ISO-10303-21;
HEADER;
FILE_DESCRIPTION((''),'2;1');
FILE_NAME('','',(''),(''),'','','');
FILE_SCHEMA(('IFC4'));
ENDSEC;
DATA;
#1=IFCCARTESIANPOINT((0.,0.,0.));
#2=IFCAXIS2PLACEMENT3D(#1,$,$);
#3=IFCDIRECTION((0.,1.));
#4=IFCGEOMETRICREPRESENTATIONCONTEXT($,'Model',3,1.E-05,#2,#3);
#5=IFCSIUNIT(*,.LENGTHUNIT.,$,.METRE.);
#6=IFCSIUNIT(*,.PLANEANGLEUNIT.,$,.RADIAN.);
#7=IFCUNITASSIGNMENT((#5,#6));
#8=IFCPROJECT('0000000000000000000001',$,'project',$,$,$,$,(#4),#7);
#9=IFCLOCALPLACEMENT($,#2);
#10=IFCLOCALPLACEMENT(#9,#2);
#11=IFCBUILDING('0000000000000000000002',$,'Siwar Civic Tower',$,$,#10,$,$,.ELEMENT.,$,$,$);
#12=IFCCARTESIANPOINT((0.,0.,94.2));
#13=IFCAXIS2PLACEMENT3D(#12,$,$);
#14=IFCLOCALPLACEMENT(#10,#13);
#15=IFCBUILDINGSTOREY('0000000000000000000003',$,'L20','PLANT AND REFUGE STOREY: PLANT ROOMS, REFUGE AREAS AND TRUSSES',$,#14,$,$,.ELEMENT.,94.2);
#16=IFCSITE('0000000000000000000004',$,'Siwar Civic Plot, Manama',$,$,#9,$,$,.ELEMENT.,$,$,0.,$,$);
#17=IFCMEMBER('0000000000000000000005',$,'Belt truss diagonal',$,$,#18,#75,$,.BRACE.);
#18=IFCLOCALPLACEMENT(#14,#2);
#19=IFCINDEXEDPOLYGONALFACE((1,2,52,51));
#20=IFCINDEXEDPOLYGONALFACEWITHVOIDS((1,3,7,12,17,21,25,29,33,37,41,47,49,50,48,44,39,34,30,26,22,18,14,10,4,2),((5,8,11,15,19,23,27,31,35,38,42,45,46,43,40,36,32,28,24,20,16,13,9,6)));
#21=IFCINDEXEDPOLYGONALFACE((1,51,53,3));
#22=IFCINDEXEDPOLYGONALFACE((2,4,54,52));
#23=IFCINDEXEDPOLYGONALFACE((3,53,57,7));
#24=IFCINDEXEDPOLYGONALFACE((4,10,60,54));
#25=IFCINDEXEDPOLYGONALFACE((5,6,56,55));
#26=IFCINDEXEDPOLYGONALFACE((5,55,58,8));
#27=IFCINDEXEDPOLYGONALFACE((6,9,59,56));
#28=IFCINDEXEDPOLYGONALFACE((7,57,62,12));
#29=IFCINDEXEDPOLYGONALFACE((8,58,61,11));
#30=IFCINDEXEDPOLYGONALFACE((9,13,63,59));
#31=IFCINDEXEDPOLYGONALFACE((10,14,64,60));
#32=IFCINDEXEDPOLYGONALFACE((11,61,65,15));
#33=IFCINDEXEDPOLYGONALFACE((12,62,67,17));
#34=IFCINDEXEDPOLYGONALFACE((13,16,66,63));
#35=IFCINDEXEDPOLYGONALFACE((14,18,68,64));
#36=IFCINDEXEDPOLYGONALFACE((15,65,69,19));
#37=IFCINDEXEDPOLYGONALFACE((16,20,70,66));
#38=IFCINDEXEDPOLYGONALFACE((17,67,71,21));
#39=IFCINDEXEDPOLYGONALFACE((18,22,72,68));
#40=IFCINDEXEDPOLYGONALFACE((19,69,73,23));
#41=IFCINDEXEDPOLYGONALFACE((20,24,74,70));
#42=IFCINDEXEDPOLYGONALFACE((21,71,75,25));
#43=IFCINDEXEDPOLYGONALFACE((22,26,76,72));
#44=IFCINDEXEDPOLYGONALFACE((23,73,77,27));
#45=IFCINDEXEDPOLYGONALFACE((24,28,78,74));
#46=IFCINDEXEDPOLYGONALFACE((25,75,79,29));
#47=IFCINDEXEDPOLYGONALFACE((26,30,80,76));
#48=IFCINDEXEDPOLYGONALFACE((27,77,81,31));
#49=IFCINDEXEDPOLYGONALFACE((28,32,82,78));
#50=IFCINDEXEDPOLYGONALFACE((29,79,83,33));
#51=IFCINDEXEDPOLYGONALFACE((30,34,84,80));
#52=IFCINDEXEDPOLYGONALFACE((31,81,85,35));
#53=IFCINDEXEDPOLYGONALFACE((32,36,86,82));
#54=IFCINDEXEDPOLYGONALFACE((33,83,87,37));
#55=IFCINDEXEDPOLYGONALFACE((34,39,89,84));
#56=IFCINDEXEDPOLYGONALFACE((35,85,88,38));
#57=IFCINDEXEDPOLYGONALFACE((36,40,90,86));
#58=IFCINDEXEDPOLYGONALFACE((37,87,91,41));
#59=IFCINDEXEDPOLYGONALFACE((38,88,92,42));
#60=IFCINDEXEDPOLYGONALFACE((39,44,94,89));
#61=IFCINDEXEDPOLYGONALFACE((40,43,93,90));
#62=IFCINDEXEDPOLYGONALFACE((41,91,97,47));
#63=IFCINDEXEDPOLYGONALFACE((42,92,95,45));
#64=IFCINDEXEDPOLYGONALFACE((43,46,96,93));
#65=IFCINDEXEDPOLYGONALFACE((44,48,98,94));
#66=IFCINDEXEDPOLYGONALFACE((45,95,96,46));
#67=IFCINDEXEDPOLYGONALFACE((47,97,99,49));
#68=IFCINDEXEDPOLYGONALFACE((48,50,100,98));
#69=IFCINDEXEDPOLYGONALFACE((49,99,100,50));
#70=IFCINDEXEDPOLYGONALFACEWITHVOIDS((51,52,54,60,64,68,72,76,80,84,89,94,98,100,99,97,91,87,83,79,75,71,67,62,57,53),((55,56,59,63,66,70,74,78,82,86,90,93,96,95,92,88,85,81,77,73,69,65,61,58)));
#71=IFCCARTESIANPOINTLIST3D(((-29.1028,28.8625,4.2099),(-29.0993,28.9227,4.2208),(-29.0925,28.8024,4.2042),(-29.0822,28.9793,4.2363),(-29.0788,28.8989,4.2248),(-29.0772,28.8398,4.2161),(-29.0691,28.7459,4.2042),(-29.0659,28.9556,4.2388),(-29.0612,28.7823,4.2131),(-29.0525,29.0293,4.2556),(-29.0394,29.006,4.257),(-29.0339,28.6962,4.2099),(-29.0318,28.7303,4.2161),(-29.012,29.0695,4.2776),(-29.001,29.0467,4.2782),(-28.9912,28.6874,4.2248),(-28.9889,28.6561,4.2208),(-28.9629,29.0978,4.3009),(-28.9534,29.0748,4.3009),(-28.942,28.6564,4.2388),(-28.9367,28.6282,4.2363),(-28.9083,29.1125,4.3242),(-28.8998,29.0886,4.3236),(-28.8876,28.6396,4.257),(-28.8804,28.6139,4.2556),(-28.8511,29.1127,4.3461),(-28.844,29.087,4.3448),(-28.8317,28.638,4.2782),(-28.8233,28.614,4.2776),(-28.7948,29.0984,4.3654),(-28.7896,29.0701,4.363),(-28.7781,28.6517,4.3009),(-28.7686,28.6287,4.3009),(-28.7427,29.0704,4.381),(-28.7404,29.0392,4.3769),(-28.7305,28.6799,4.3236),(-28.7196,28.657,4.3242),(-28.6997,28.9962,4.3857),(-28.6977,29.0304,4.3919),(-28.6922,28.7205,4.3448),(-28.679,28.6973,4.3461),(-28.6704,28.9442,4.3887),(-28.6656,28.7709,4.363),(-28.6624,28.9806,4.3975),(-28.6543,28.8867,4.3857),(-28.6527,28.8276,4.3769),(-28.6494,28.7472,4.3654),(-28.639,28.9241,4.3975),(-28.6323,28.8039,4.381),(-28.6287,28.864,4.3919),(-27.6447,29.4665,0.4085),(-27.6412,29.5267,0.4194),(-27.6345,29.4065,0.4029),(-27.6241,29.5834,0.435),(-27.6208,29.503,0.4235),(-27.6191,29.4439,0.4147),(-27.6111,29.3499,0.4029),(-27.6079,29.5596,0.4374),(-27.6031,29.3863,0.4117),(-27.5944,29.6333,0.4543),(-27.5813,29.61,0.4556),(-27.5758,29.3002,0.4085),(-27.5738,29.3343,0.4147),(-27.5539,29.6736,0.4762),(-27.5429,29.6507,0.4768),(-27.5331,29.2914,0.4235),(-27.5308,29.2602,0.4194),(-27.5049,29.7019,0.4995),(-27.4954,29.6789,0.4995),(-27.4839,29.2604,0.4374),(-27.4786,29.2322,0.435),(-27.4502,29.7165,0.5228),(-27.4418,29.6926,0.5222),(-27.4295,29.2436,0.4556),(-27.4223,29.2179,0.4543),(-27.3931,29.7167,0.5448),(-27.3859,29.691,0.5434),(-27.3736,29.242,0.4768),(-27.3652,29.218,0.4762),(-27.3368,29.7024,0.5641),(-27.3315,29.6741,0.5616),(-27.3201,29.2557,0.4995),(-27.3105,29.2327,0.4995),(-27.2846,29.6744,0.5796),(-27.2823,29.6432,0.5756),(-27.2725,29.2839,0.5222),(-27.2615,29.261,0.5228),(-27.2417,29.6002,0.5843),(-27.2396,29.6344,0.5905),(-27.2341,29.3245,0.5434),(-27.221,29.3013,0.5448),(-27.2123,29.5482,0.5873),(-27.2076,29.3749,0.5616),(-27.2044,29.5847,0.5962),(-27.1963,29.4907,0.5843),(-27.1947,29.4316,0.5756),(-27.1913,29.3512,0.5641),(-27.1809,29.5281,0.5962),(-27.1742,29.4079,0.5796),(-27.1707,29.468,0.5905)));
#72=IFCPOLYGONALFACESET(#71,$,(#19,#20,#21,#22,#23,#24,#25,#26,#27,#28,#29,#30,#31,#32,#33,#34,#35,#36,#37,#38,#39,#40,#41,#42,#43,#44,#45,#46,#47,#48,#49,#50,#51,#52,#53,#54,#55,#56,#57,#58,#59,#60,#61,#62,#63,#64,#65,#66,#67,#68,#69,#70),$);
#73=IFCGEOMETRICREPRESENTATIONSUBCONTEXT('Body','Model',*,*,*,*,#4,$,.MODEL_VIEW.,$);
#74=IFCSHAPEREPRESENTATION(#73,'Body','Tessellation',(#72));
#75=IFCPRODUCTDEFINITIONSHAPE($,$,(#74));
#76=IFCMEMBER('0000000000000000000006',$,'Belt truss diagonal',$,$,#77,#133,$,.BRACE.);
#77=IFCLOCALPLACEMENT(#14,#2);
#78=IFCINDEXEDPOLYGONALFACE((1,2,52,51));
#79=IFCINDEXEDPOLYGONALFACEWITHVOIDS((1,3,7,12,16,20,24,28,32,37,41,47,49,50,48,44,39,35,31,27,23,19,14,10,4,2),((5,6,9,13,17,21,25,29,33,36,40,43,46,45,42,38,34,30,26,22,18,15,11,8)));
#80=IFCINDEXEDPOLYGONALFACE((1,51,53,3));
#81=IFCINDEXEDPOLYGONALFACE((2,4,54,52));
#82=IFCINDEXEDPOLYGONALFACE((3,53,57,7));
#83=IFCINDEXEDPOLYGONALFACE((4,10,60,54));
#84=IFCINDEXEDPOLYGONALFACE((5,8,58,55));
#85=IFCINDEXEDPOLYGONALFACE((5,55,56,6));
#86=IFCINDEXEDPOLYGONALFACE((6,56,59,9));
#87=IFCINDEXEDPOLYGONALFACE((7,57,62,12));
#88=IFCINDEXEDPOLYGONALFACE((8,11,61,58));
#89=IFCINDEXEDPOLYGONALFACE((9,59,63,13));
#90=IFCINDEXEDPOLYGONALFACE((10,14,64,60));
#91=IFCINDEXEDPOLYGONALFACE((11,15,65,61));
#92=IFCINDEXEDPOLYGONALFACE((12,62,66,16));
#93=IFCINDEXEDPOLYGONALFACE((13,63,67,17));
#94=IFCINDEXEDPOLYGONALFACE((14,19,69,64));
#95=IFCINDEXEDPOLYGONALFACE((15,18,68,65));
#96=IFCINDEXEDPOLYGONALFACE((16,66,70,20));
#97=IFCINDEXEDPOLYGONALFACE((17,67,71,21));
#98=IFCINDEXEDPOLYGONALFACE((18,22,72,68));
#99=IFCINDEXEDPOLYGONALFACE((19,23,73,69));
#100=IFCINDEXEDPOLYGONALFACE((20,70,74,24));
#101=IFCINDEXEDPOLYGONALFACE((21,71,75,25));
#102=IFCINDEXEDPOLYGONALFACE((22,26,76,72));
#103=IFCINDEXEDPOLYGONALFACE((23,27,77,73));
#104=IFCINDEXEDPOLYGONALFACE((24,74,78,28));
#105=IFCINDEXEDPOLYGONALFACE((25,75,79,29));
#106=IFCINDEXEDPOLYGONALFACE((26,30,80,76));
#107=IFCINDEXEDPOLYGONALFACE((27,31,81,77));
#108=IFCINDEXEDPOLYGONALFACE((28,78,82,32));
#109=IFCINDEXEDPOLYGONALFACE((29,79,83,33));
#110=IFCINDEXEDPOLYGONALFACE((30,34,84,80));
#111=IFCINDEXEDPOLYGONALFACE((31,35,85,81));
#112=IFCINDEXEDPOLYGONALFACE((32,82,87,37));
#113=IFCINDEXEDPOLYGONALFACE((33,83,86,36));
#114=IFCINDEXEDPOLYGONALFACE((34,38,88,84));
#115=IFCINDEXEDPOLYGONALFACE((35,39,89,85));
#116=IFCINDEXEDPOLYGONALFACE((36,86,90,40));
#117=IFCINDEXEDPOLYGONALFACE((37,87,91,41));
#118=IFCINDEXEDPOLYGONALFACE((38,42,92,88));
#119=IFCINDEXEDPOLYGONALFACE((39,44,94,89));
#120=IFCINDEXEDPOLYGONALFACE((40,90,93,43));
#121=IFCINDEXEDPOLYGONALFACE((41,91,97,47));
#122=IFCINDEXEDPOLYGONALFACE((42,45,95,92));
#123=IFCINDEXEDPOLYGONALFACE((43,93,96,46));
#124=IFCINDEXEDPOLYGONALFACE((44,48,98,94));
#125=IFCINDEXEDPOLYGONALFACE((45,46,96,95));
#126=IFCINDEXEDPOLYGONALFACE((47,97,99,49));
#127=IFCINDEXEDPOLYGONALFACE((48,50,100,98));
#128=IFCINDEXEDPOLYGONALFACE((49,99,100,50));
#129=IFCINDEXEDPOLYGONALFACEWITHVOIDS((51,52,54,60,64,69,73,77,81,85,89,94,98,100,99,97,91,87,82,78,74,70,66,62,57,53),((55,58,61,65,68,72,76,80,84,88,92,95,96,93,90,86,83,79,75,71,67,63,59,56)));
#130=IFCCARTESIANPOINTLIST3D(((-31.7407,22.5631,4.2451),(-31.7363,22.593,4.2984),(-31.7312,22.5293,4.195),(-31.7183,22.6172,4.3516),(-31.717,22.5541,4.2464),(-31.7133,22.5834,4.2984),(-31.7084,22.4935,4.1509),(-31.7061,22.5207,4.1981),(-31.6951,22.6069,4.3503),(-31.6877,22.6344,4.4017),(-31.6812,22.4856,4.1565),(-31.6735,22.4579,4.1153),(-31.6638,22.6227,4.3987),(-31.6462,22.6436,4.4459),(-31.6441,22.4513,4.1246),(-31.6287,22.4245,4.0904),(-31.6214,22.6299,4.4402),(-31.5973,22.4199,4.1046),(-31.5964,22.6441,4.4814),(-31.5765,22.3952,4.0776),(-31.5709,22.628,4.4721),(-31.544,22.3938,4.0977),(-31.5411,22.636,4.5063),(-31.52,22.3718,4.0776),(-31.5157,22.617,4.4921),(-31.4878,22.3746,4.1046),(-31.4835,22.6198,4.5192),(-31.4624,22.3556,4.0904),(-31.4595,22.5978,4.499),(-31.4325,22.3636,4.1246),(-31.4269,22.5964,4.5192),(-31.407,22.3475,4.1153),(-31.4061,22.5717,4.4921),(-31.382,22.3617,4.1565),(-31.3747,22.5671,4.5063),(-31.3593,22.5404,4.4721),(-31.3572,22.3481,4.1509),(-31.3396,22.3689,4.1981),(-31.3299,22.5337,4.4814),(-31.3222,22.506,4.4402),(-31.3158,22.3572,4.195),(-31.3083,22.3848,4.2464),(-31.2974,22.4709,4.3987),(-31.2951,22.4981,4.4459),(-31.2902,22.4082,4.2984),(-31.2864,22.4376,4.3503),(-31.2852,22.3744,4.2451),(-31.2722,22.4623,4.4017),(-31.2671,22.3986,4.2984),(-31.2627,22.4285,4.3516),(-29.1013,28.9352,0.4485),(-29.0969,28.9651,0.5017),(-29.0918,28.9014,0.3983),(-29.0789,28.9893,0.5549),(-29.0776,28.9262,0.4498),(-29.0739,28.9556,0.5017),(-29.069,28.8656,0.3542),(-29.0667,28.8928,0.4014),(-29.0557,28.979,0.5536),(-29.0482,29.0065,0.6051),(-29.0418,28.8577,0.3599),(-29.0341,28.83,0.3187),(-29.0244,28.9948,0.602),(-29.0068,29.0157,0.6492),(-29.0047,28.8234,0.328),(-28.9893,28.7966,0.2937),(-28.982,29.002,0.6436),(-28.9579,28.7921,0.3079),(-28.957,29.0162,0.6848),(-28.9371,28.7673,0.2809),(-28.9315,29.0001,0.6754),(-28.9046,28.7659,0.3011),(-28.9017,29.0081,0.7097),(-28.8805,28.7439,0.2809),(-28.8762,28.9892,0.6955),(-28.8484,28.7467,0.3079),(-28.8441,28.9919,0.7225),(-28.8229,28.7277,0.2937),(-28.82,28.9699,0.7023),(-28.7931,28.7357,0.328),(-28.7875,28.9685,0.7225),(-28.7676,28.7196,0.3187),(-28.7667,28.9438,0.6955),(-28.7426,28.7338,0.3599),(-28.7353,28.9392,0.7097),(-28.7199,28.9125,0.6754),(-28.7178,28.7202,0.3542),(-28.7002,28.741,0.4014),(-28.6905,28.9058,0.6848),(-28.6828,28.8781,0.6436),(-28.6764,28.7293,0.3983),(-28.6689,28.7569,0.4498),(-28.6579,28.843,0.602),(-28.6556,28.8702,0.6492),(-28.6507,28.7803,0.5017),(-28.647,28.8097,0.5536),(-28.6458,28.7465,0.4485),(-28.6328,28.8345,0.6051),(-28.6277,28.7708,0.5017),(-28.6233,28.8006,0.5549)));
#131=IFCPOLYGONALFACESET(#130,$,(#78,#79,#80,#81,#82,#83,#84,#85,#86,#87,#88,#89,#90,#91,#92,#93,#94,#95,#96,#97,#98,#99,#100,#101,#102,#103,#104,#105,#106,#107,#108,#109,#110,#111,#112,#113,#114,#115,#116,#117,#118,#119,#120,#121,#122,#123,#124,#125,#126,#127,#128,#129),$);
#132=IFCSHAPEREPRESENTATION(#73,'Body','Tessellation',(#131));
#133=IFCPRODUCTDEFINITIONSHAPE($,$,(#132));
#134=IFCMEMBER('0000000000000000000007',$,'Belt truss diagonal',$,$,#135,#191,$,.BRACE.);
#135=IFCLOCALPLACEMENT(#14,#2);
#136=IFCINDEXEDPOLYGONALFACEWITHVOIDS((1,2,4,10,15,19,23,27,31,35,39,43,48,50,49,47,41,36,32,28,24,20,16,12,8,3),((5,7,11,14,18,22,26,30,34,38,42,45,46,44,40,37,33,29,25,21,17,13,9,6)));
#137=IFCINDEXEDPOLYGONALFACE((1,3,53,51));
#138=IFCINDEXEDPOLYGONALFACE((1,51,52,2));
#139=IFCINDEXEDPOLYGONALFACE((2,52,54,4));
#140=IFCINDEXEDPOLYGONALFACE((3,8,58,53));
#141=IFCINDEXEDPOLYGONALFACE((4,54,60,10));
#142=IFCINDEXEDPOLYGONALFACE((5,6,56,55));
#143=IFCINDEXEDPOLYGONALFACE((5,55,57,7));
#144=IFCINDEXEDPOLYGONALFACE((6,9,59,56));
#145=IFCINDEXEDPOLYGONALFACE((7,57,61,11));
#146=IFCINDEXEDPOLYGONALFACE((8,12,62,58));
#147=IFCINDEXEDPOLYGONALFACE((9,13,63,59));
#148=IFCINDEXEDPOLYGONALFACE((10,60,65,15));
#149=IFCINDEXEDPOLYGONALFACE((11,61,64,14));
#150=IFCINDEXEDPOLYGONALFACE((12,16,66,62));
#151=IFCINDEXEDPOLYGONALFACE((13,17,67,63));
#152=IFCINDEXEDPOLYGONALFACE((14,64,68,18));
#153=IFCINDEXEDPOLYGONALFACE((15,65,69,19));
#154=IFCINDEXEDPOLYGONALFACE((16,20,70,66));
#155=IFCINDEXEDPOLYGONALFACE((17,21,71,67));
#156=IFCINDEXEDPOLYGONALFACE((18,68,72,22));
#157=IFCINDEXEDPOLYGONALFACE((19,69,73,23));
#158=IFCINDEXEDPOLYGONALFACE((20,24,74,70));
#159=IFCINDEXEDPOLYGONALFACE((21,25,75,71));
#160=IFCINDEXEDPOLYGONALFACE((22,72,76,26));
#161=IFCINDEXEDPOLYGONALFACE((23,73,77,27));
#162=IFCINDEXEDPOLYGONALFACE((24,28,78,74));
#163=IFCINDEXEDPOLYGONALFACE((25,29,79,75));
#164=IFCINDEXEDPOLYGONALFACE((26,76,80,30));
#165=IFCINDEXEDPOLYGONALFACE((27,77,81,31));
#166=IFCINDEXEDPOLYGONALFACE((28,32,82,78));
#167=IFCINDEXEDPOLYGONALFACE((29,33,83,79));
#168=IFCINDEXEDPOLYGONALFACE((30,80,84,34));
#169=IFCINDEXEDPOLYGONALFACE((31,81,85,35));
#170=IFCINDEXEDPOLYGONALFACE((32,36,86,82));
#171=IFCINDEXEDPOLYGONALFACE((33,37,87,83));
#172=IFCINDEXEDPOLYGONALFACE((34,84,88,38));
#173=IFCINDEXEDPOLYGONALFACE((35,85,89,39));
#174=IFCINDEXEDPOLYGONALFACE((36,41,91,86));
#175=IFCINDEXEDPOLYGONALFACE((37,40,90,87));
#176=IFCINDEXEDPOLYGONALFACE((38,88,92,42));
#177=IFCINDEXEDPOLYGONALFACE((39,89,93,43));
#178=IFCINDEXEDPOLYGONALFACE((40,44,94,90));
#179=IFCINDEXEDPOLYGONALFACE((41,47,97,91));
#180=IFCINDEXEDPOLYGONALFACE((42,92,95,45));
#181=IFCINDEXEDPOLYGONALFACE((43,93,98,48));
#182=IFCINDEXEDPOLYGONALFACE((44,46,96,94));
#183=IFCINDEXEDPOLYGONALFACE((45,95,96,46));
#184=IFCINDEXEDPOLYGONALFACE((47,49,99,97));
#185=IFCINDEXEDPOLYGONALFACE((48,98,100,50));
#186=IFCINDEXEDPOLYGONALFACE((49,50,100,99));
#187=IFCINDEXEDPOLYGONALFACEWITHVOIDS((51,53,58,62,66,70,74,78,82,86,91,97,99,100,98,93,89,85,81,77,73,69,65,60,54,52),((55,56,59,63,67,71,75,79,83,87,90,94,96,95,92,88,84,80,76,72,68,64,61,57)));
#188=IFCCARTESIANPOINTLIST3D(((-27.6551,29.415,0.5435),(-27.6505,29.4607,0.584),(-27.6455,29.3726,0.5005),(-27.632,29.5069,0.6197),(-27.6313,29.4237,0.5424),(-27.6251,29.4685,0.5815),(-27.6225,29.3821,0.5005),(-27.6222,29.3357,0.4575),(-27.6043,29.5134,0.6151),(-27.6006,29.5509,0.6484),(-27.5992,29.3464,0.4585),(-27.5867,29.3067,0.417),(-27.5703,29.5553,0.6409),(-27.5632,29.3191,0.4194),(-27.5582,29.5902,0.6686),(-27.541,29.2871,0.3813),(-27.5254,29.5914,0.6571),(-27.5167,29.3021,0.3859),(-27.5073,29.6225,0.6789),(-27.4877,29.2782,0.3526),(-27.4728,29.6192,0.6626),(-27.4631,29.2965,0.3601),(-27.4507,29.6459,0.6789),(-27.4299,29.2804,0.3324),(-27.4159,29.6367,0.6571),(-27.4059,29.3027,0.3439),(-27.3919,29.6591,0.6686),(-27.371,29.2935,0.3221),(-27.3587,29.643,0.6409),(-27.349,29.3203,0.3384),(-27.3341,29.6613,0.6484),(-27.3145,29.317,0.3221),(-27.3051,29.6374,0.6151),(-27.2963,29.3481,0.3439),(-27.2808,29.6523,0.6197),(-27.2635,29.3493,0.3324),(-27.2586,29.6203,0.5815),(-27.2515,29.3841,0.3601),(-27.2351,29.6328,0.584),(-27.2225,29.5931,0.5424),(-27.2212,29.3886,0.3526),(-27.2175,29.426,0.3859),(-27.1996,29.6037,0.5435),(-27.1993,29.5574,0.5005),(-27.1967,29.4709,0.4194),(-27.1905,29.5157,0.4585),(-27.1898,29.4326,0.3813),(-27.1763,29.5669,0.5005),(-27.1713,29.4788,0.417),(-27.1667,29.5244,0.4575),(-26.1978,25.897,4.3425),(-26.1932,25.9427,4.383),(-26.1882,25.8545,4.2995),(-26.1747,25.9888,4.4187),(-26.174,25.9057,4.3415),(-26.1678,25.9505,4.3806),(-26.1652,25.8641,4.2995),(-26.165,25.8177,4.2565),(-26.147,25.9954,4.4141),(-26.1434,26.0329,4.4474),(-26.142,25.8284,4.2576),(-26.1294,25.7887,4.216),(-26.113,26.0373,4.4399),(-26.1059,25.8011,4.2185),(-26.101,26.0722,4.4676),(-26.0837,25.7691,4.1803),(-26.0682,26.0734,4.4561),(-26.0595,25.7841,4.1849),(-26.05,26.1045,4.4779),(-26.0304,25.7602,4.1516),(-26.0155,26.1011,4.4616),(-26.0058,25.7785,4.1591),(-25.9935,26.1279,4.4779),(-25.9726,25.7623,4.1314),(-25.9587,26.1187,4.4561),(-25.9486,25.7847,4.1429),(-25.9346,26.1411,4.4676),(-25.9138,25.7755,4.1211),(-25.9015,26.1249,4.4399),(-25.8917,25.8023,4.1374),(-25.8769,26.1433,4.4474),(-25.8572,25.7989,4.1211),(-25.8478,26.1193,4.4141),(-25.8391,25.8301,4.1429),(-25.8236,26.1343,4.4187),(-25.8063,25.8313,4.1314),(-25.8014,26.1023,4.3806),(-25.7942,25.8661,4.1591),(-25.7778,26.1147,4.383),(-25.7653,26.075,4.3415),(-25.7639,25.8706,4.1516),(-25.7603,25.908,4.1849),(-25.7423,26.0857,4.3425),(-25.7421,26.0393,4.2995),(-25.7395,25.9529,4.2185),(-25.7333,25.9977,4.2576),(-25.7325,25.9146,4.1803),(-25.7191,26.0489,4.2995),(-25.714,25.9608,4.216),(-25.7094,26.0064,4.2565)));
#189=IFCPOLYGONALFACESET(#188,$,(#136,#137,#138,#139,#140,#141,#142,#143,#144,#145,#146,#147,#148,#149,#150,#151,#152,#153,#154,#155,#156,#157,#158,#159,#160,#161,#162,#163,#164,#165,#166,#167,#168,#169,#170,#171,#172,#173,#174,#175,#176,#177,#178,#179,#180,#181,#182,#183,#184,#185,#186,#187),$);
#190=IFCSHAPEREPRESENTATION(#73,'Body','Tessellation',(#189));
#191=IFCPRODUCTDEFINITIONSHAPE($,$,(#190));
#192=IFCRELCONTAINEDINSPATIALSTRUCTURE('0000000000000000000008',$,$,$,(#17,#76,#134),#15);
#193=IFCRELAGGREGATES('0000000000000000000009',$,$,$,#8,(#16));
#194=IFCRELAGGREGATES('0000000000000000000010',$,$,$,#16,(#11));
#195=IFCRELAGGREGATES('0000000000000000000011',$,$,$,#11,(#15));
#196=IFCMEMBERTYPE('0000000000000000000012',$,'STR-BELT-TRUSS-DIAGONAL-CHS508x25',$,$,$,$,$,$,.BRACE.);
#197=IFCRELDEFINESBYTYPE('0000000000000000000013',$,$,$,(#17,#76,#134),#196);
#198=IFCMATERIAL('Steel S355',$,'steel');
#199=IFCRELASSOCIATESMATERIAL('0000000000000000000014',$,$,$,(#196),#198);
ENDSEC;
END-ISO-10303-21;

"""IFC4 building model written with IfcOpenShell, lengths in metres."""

from ifc_helpers import new_model, si_unit, direction, frame, origin, origin_2d, place, context, subcontext, project, spatial, hollow_circle, extrude, material, material_profile, profile_set, type_object, element, save


model = new_model("IFC4")

# Units and contexts
model_context = context("Model", 3, precision=1e-05, world=origin(), true_north=direction((0.0, 1.0)))
body_context = subcontext(model_context, "Body", "Model", "MODEL_VIEW")
ifc_project = project(units=[si_unit("LENGTHUNIT", "METRE"), si_unit("PLANEANGLEUNIT", "RADIAN")], contexts=[model_context])

# Site, building, storey
site_placement = place(None, origin())
site = spatial("IfcSite", under=ifc_project, at=site_placement, Name="Siwar Civic Plot, Manama", CompositionType="ELEMENT", RefElevation=0.0)
building_placement = place(site_placement, origin())
building = spatial("IfcBuilding", under=site, at=building_placement, Name="Siwar Civic Tower", CompositionType="ELEMENT")
storey_placement = place(building_placement, frame((0.0, 0.0, 94.2)))
storey = spatial("IfcBuildingStorey", under=building, at=storey_placement, Name="L20", Description="PLANT AND REFUGE STOREY: PLANT ROOMS, REFUGE AREAS AND TRUSSES", CompositionType="ELEMENT", Elevation=94.2)

# Members
ifc_material_1 = material(Name="Steel S355", Category="steel")
ifc_material_profile_1 = material_profile(ifc_material_1, hollow_circle(Radius=0.2539, WallThickness=0.0249, at=origin_2d()), Name="CHS508x25")
ifc_profile_set_1 = profile_set([ifc_material_profile_1], Name="Steel S355")
member_type_1 = type_object("IfcMemberType", Name="STR-BELT-TRUSS-DIAGONAL-CHS508x25", PredefinedType="BRACE", material=ifc_profile_set_1)
member_1_placement = place(storey_placement, frame((-27.4077, 29.4673, 0.4995), z_axis=(-0.354242, -0.146751, 0.923568), x_axis=(0.382725, -0.923862, 0.0)))
element("IfcMember", 1, at=member_1_placement, inside=storey, type_object=member_type_1, Name="Belt truss diagonal", PredefinedType="BRACE", context=body_context, shape_type="SweptSolid", body=[
    extrude(hollow_circle(Radius=0.2539, WallThickness=0.0249, at=origin_2d()), origin(), (0.0, 0.0, 1.0), 4.116),
])
member_2_placement = place(storey_placement, frame((-28.8623, 28.8679, 0.5017), z_axis=(-0.335248, -0.809357, 0.482234), x_axis=(0.923879, -0.382684, 0.0)))
element("IfcMember", 2, at=member_2_placement, inside=storey, type_object=member_type_1, Name="Belt truss diagonal", PredefinedType="BRACE", context=body_context, shape_type="SweptSolid", body=[
    extrude(hollow_circle(Radius=0.2539, WallThickness=0.0249, at=origin_2d()), origin(), (0.0, 0.0, 1.0), 7.873),
])
member_3_placement = place(storey_placement, frame((-27.4109, 29.4697, 0.5005), z_axis=(0.270921, -0.65404, 0.706282), x_axis=(0.923875, 0.382693, 0.0)))
element("IfcMember", 3, at=member_3_placement, inside=storey, type_object=member_type_1, Name="Belt truss diagonal", PredefinedType="BRACE", context=body_context, shape_type="SweptSolid", body=[
    extrude(hollow_circle(Radius=0.2539, WallThickness=0.0249, at=origin_2d()), origin(), (0.0, 0.0, 1.0), 5.3789),
])

save(model, "model.ifc")
